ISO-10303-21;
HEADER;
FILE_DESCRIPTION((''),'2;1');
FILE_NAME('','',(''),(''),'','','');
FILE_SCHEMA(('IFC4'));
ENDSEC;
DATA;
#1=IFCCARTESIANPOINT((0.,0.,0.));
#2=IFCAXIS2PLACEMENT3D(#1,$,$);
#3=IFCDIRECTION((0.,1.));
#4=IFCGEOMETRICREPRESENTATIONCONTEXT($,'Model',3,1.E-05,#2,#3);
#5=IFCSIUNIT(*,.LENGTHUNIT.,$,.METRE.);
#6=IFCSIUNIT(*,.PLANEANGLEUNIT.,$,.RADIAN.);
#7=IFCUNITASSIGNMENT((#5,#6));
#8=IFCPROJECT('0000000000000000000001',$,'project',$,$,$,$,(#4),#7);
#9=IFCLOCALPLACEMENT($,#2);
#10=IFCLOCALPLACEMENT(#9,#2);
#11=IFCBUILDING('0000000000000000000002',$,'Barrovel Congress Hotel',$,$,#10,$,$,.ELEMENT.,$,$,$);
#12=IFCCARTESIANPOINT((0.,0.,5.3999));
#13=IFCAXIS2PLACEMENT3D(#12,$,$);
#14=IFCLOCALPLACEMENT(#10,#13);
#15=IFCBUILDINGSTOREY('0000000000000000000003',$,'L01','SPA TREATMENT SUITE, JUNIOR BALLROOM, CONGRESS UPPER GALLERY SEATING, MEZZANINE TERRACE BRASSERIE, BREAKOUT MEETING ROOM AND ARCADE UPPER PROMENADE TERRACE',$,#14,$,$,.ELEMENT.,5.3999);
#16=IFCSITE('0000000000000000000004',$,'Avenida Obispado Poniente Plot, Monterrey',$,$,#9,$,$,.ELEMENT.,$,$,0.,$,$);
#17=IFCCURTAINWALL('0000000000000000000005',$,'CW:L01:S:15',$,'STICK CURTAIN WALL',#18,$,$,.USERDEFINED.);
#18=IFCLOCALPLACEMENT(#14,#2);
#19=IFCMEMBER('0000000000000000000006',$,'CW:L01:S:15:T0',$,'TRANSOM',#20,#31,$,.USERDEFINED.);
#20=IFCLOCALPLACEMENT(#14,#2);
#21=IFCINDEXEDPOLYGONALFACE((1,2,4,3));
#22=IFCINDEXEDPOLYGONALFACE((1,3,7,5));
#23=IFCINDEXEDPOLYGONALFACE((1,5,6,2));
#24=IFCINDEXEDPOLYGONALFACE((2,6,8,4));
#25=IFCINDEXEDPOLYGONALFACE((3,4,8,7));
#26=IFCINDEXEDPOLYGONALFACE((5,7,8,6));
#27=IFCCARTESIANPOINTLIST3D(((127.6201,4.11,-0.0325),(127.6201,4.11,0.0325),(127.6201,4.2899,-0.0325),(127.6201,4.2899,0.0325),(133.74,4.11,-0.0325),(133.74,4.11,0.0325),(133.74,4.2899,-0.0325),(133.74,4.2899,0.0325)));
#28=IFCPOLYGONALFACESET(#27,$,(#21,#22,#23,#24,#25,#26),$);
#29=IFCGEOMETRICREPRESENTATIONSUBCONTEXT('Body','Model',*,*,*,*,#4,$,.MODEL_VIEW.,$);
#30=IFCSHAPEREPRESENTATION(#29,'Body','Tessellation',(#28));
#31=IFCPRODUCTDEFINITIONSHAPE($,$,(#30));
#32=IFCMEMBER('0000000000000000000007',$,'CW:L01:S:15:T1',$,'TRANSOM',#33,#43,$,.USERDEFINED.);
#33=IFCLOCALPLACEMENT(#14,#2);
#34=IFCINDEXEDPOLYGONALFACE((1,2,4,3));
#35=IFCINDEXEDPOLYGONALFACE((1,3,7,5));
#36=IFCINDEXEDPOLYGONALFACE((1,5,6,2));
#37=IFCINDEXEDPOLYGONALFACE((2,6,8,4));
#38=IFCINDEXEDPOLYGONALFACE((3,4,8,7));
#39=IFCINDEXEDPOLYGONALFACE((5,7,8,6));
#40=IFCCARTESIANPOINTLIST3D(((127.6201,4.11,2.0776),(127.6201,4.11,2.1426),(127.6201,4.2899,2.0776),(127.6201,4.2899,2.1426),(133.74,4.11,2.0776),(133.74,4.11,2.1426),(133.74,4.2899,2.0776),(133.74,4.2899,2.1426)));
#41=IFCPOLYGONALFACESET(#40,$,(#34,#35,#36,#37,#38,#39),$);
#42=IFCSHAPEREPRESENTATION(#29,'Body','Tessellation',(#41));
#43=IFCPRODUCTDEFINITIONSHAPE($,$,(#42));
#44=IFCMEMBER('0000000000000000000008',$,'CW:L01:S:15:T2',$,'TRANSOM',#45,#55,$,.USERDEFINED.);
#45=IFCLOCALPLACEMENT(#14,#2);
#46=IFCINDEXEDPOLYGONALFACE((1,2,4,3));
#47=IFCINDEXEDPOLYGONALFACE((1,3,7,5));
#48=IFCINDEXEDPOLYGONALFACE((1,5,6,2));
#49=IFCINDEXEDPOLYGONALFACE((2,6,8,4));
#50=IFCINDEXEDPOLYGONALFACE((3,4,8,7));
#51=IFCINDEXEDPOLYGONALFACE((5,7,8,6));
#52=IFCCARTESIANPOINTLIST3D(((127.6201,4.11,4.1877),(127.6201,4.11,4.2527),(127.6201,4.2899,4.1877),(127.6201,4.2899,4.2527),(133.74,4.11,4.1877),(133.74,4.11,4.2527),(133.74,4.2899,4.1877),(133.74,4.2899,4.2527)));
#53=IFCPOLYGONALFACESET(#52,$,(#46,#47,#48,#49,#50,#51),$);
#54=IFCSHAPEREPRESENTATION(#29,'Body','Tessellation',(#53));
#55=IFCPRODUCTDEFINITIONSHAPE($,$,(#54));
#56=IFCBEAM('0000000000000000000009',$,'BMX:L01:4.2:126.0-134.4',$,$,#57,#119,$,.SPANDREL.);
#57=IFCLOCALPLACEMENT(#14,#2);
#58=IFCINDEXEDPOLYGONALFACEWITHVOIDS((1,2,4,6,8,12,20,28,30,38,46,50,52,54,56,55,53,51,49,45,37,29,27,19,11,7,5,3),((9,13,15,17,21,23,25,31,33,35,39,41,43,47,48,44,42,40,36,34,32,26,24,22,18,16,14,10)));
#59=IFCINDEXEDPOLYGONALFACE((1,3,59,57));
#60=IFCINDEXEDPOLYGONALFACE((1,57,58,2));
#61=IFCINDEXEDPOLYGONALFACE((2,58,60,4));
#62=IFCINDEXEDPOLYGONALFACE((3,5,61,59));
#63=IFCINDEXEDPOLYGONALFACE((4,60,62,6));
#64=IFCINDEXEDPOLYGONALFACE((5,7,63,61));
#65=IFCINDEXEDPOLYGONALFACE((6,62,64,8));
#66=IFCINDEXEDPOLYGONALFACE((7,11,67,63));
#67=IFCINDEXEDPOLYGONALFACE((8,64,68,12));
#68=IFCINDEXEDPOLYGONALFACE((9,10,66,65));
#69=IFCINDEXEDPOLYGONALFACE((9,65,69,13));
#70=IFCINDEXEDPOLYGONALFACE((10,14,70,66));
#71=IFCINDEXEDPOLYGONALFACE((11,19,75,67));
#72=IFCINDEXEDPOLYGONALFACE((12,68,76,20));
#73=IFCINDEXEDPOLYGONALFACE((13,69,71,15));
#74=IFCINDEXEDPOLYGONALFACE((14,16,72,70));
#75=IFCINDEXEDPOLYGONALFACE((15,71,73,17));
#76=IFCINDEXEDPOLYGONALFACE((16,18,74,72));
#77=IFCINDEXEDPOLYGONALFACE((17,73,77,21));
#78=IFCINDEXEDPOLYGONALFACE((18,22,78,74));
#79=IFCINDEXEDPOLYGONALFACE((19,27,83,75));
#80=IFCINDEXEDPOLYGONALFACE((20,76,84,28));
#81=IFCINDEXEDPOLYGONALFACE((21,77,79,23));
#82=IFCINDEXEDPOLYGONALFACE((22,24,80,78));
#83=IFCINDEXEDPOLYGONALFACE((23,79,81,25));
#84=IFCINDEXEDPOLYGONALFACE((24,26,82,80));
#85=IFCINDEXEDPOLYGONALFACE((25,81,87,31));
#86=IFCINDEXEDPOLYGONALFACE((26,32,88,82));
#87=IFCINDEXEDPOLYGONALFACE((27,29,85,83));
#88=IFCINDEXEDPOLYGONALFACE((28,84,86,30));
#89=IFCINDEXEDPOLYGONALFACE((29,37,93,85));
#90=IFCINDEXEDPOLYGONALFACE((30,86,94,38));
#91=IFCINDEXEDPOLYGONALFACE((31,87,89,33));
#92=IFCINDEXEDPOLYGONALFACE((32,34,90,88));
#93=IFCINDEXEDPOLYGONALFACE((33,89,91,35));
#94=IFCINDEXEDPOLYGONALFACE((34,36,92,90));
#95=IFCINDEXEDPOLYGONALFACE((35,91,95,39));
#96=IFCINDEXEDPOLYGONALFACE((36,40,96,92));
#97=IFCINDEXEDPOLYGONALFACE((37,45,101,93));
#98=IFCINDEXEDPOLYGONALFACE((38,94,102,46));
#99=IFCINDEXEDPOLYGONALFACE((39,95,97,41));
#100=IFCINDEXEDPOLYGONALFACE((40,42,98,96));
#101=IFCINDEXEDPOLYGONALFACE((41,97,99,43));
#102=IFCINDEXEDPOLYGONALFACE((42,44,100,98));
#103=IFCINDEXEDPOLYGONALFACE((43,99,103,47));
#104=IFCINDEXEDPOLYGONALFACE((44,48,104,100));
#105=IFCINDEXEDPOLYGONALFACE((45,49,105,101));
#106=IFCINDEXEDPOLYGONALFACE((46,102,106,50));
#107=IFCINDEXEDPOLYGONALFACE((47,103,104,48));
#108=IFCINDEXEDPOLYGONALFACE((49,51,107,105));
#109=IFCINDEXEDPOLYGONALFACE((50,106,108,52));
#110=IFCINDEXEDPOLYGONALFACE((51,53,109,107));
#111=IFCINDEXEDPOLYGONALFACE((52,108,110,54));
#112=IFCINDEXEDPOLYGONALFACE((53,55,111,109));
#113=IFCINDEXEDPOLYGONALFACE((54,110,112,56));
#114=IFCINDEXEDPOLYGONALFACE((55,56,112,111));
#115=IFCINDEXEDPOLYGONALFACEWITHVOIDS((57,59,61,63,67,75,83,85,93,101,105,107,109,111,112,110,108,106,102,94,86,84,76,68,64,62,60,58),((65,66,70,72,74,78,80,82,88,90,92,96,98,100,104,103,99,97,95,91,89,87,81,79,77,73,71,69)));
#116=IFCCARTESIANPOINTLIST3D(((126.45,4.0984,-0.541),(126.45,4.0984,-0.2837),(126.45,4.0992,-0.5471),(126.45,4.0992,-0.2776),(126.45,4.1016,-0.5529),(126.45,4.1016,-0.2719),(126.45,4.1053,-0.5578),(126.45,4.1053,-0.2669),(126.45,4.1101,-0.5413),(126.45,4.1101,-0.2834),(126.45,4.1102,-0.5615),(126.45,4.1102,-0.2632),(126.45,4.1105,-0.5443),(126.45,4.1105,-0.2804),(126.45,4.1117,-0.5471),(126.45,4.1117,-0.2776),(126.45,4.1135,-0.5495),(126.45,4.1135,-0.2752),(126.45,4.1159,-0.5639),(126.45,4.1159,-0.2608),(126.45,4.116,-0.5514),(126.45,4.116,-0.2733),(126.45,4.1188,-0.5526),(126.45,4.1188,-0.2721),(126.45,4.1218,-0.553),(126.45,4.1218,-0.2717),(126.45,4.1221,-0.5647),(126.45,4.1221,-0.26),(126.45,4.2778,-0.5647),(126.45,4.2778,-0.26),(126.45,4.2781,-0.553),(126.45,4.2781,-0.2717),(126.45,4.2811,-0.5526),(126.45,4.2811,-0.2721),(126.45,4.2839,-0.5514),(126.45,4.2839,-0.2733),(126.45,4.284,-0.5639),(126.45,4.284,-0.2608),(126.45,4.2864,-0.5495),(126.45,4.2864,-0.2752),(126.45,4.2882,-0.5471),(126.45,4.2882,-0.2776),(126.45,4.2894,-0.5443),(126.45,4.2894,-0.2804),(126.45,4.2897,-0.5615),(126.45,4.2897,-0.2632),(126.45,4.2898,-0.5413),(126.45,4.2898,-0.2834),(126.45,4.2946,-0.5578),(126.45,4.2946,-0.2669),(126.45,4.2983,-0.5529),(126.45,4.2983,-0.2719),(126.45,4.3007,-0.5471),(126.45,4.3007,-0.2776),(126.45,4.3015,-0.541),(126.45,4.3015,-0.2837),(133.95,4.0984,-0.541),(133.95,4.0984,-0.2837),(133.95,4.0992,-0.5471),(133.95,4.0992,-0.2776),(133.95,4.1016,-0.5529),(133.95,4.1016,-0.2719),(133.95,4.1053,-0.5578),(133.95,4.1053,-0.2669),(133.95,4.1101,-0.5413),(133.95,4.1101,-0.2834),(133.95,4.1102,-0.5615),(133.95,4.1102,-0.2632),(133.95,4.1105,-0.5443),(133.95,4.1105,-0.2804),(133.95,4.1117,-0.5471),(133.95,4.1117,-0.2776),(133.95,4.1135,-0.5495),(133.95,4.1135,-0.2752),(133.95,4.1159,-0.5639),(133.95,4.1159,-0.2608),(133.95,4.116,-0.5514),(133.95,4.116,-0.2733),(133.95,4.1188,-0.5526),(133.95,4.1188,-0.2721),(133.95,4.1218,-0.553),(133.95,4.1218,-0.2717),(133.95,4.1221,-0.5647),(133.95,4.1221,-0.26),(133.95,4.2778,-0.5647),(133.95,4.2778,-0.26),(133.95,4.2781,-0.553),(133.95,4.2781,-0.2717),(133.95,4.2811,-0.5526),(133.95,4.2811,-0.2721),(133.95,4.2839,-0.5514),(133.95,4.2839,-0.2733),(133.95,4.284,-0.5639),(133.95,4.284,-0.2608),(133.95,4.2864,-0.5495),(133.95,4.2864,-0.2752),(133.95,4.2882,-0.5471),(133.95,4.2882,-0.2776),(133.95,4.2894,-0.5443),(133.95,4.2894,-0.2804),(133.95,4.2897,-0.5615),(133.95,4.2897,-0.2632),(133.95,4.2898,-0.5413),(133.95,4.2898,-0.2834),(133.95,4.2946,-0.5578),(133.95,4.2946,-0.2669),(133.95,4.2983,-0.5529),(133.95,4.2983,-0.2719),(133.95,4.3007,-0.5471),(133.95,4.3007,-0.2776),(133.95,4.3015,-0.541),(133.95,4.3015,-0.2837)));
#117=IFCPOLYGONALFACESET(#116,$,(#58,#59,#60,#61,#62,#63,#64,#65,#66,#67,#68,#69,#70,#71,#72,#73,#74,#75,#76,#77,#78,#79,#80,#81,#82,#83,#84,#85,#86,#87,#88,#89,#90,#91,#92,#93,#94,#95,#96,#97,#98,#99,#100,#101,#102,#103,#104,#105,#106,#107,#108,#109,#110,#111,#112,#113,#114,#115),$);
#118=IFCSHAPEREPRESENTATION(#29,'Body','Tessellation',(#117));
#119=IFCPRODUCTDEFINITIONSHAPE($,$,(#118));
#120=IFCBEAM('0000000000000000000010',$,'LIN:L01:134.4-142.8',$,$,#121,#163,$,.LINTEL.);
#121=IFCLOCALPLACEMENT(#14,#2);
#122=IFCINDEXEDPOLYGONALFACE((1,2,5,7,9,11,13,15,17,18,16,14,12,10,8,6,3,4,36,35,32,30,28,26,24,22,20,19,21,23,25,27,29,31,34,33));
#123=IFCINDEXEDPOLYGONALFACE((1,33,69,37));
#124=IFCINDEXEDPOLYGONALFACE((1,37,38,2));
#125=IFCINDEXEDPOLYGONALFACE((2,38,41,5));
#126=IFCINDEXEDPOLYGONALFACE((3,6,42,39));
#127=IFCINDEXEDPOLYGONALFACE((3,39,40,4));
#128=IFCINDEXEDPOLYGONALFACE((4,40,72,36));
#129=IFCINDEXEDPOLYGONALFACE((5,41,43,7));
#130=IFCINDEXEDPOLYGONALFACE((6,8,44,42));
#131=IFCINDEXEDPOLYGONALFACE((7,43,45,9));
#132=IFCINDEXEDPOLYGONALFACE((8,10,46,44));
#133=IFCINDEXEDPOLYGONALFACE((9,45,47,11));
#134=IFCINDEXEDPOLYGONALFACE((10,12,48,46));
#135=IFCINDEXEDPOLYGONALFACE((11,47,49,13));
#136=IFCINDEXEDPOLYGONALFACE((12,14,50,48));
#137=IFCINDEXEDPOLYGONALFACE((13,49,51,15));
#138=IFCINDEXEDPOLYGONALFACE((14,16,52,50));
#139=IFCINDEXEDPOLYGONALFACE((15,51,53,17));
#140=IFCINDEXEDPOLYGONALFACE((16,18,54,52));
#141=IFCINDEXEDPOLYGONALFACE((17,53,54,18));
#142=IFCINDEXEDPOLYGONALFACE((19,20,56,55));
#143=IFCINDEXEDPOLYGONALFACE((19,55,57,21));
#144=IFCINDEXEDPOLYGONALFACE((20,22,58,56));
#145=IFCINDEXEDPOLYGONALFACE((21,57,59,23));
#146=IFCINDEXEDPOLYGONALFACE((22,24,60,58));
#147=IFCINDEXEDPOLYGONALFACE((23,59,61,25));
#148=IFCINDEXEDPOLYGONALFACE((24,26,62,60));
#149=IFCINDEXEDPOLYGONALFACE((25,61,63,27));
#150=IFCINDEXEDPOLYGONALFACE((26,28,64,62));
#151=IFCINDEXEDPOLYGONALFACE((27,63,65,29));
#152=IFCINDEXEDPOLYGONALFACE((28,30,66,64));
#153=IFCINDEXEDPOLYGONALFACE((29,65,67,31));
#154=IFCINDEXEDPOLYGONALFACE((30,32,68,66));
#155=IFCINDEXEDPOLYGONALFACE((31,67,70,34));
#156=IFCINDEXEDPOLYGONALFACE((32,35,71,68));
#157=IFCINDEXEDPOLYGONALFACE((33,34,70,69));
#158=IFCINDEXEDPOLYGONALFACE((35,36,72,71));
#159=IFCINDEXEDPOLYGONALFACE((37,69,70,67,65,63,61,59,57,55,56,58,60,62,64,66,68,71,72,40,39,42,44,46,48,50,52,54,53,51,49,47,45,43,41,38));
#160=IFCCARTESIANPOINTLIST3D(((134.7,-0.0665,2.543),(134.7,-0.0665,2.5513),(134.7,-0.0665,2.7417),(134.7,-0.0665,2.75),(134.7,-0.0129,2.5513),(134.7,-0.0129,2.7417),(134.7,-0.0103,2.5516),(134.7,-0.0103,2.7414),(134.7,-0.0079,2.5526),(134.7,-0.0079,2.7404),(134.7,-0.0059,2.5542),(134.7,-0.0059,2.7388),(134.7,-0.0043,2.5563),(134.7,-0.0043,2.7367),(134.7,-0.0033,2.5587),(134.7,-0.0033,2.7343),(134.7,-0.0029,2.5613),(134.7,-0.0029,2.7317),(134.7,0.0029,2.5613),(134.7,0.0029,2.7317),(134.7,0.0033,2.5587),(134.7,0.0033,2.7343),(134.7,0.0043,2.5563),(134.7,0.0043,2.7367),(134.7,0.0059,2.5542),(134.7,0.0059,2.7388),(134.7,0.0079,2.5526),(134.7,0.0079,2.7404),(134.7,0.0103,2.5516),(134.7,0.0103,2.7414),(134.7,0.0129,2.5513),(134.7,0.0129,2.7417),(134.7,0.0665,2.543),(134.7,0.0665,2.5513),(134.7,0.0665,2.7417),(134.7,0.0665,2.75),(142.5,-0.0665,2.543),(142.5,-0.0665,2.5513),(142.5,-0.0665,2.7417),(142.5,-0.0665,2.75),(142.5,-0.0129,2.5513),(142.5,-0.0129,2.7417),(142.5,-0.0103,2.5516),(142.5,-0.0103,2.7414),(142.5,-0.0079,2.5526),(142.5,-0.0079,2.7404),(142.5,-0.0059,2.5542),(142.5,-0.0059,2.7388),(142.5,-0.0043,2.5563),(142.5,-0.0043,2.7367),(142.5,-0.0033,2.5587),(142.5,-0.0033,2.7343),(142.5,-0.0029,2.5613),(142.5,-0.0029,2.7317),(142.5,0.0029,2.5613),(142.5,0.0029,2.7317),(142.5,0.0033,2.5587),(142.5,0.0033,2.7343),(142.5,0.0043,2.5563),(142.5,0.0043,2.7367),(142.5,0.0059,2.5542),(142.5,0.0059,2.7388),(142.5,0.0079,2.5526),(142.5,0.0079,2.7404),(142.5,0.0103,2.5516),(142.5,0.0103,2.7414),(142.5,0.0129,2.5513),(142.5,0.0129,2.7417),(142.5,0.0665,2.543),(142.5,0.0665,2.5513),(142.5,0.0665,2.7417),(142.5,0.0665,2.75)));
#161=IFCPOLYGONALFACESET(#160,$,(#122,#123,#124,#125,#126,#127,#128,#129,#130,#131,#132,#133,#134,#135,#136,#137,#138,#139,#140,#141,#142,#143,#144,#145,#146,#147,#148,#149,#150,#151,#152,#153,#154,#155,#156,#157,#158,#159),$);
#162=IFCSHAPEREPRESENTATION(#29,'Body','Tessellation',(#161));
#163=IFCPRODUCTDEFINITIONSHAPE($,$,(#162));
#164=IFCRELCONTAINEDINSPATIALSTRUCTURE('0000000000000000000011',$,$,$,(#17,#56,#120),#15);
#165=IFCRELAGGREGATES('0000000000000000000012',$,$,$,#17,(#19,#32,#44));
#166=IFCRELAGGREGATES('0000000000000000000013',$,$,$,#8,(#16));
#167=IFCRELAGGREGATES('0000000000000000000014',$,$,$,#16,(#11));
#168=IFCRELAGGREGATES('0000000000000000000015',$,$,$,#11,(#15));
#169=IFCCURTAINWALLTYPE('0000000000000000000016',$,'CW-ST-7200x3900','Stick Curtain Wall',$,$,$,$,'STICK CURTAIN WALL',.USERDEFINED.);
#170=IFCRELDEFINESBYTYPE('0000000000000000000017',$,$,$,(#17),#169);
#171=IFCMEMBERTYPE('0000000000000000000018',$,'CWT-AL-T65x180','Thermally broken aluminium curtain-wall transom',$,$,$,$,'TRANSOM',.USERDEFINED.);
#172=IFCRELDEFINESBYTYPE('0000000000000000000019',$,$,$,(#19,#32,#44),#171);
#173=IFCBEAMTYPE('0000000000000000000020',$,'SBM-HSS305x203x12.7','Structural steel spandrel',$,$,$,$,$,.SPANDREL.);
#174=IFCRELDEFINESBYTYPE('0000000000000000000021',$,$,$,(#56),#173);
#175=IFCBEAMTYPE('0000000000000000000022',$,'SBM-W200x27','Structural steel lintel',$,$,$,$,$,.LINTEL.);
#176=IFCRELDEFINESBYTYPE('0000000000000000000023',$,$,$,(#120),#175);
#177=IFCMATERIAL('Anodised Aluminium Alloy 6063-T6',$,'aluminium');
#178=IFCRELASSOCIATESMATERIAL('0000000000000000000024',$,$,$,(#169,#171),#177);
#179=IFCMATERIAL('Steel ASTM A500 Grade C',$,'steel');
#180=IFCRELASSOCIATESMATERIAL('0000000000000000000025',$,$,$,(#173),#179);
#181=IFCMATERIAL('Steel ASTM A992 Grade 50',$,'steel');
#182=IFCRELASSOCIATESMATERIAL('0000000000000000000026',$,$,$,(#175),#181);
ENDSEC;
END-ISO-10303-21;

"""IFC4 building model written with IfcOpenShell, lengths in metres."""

from ifc_helpers import new_model, si_unit, direction, frame, origin, origin_2d, place, context, subcontext, project, spatial, rectangle, hollow_rectangle, i_section, extrude, material, material_profile, profile_set, type_object, element, aggregate, save


model = new_model("IFC4")

# Units and contexts
model_context = context("Model", 3, precision=1e-05, world=origin(), true_north=direction((0.0, 1.0)))
body_context = subcontext(model_context, "Body", "Model", "MODEL_VIEW")
ifc_project = project(units=[si_unit("LENGTHUNIT", "METRE"), si_unit("PLANEANGLEUNIT", "RADIAN")], contexts=[model_context])

# Site, building, storey
site_placement = place(None, origin())
site = spatial("IfcSite", under=ifc_project, at=site_placement, Name="Avenida Obispado Poniente Plot, Monterrey", CompositionType="ELEMENT", RefElevation=0.0)
building_placement = place(site_placement, origin())
building = spatial("IfcBuilding", under=site, at=building_placement, Name="Barrovel Congress Hotel", CompositionType="ELEMENT")
storey_placement = place(building_placement, frame((0.0, 0.0, 5.3999)))
storey = spatial("IfcBuildingStorey", under=building, at=storey_placement, Name="L01", Description="SPA TREATMENT SUITE, JUNIOR BALLROOM, CONGRESS UPPER GALLERY SEATING, MEZZANINE TERRACE BRASSERIE, BREAKOUT MEETING ROOM AND ARCADE UPPER PROMENADE TERRACE", CompositionType="ELEMENT", Elevation=5.3999)

# Curtain wall, members
ifc_material_1 = material(Name="Anodised Aluminium Alloy 6063-T6", Category="aluminium")
curtain_wall_type = type_object("IfcCurtainWallType", Name="CW-ST-7200x3900", Description="Stick Curtain Wall", ElementType="STICK CURTAIN WALL", PredefinedType="USERDEFINED", material=ifc_material_1)
curtain_wall_placement = place(storey_placement, origin())
curtain_wall = element("IfcCurtainWall", 1, at=curtain_wall_placement, inside=storey, type_object=curtain_wall_type, Name="CW:L01:S:15", ObjectType="STICK CURTAIN WALL", PredefinedType="USERDEFINED")
ifc_material_profile_1 = material_profile(ifc_material_1, rectangle(XDim=0.1799, YDim=0.0649, at=origin_2d()), Name="AL-T65x180")
ifc_profile_set_1 = profile_set([ifc_material_profile_1], Name="Anodised Aluminium Alloy 6063-T6")
member_type_1 = type_object("IfcMemberType", Name="CWT-AL-T65x180", Description="Thermally broken aluminium curtain-wall transom", ElementType="TRANSOM", PredefinedType="USERDEFINED", material=ifc_profile_set_1)
member_1_placement = place(storey_placement, frame((127.6201, 4.2, 0.0), z_axis=(1.0, 0.0, 0.0), x_axis=(0.0, 1.0, 0.0)))
member_1 = element("IfcMember", 2, at=member_1_placement, type_object=member_type_1, Name="CW:L01:S:15:T0", ObjectType="TRANSOM", PredefinedType="USERDEFINED", context=body_context, shape_type="SweptSolid", body=[
    extrude(rectangle(XDim=0.1799, YDim=0.0649, at=origin_2d()), origin(), (0.0, 0.0, 1.0), 6.1199),
])
member_2_placement = place(storey_placement, frame((127.6201, 4.2, 2.1101), z_axis=(1.0, 0.0, 0.0), x_axis=(0.0, 1.0, 0.0)))
member_2 = element("IfcMember", 3, at=member_2_placement, type_object=member_type_1, Name="CW:L01:S:15:T1", ObjectType="TRANSOM", PredefinedType="USERDEFINED", context=body_context, shape_type="SweptSolid", body=[
    extrude(rectangle(XDim=0.1799, YDim=0.0649, at=origin_2d()), origin(), (0.0, 0.0, 1.0), 6.1199),
])
member_3_placement = place(storey_placement, frame((127.6201, 4.2, 4.2202), z_axis=(1.0, 0.0, 0.0), x_axis=(0.0, 1.0, 0.0)))
member_3 = element("IfcMember", 4, at=member_3_placement, type_object=member_type_1, Name="CW:L01:S:15:T2", ObjectType="TRANSOM", PredefinedType="USERDEFINED", context=body_context, shape_type="SweptSolid", body=[
    extrude(rectangle(XDim=0.1799, YDim=0.0649, at=origin_2d()), origin(), (0.0, 0.0, 1.0), 6.1199),
])

# Beams
ifc_material_2 = material(Name="Steel ASTM A500 Grade C", Category="steel")
ifc_material_profile_2 = material_profile(ifc_material_2, hollow_rectangle(XDim=0.2031, YDim=0.3047, WallThickness=0.0117, InnerFilletRadius=0.0117, OuterFilletRadius=0.0237, at=origin_2d()), Name="HSS305x203x12.7")
ifc_profile_set_2 = profile_set([ifc_material_profile_2], Name="Steel ASTM A500 Grade C")
beam_type_1 = type_object("IfcBeamType", Name="SBM-HSS305x203x12.7", Description="Structural steel spandrel", PredefinedType="SPANDREL", material=ifc_profile_set_2)
beam_1_placement = place(storey_placement, frame((126.45, 4.2, -0.4124), z_axis=(1.0, 0.0, 0.0), x_axis=(0.0, 1.0, 0.0)))
element("IfcBeam", 5, at=beam_1_placement, inside=storey, type_object=beam_type_1, Name="BMX:L01:4.2:126.0-134.4", PredefinedType="SPANDREL", context=body_context, shape_type="SweptSolid", body=[
    extrude(hollow_rectangle(XDim=0.2031, YDim=0.3047, WallThickness=0.0117, InnerFilletRadius=0.0117, OuterFilletRadius=0.0237, at=origin_2d()), origin(), (0.0, 0.0, 1.0), 7.5),
])
ifc_material_3 = material(Name="Steel ASTM A992 Grade 50", Category="steel")
ifc_material_profile_3 = material_profile(ifc_material_3, i_section(OverallWidth=0.1331, OverallDepth=0.207, WebThickness=0.0059, FlangeThickness=0.0083, FilletRadius=0.01, at=origin_2d()), Name="W200x27")
ifc_profile_set_3 = profile_set([ifc_material_profile_3], Name="Steel ASTM A992 Grade 50")
beam_type_2 = type_object("IfcBeamType", Name="SBM-W200x27", Description="Structural steel lintel", PredefinedType="LINTEL", material=ifc_profile_set_3)
beam_2_placement = place(storey_placement, frame((134.7, 0.0, 2.6465), z_axis=(1.0, 0.0, 0.0), x_axis=(0.0, 1.0, 0.0)))
element("IfcBeam", 6, at=beam_2_placement, inside=storey, type_object=beam_type_2, Name="LIN:L01:134.4-142.8", PredefinedType="LINTEL", context=body_context, shape_type="SweptSolid", body=[
    extrude(i_section(OverallWidth=0.1331, OverallDepth=0.207, WebThickness=0.0059, FlangeThickness=0.0083, FilletRadius=0.01, at=origin_2d()), origin(), (0.0, 0.0, 1.0), 7.8),
])

aggregate(curtain_wall, [member_1, member_2, member_3])

save(model, "model.ifc")
